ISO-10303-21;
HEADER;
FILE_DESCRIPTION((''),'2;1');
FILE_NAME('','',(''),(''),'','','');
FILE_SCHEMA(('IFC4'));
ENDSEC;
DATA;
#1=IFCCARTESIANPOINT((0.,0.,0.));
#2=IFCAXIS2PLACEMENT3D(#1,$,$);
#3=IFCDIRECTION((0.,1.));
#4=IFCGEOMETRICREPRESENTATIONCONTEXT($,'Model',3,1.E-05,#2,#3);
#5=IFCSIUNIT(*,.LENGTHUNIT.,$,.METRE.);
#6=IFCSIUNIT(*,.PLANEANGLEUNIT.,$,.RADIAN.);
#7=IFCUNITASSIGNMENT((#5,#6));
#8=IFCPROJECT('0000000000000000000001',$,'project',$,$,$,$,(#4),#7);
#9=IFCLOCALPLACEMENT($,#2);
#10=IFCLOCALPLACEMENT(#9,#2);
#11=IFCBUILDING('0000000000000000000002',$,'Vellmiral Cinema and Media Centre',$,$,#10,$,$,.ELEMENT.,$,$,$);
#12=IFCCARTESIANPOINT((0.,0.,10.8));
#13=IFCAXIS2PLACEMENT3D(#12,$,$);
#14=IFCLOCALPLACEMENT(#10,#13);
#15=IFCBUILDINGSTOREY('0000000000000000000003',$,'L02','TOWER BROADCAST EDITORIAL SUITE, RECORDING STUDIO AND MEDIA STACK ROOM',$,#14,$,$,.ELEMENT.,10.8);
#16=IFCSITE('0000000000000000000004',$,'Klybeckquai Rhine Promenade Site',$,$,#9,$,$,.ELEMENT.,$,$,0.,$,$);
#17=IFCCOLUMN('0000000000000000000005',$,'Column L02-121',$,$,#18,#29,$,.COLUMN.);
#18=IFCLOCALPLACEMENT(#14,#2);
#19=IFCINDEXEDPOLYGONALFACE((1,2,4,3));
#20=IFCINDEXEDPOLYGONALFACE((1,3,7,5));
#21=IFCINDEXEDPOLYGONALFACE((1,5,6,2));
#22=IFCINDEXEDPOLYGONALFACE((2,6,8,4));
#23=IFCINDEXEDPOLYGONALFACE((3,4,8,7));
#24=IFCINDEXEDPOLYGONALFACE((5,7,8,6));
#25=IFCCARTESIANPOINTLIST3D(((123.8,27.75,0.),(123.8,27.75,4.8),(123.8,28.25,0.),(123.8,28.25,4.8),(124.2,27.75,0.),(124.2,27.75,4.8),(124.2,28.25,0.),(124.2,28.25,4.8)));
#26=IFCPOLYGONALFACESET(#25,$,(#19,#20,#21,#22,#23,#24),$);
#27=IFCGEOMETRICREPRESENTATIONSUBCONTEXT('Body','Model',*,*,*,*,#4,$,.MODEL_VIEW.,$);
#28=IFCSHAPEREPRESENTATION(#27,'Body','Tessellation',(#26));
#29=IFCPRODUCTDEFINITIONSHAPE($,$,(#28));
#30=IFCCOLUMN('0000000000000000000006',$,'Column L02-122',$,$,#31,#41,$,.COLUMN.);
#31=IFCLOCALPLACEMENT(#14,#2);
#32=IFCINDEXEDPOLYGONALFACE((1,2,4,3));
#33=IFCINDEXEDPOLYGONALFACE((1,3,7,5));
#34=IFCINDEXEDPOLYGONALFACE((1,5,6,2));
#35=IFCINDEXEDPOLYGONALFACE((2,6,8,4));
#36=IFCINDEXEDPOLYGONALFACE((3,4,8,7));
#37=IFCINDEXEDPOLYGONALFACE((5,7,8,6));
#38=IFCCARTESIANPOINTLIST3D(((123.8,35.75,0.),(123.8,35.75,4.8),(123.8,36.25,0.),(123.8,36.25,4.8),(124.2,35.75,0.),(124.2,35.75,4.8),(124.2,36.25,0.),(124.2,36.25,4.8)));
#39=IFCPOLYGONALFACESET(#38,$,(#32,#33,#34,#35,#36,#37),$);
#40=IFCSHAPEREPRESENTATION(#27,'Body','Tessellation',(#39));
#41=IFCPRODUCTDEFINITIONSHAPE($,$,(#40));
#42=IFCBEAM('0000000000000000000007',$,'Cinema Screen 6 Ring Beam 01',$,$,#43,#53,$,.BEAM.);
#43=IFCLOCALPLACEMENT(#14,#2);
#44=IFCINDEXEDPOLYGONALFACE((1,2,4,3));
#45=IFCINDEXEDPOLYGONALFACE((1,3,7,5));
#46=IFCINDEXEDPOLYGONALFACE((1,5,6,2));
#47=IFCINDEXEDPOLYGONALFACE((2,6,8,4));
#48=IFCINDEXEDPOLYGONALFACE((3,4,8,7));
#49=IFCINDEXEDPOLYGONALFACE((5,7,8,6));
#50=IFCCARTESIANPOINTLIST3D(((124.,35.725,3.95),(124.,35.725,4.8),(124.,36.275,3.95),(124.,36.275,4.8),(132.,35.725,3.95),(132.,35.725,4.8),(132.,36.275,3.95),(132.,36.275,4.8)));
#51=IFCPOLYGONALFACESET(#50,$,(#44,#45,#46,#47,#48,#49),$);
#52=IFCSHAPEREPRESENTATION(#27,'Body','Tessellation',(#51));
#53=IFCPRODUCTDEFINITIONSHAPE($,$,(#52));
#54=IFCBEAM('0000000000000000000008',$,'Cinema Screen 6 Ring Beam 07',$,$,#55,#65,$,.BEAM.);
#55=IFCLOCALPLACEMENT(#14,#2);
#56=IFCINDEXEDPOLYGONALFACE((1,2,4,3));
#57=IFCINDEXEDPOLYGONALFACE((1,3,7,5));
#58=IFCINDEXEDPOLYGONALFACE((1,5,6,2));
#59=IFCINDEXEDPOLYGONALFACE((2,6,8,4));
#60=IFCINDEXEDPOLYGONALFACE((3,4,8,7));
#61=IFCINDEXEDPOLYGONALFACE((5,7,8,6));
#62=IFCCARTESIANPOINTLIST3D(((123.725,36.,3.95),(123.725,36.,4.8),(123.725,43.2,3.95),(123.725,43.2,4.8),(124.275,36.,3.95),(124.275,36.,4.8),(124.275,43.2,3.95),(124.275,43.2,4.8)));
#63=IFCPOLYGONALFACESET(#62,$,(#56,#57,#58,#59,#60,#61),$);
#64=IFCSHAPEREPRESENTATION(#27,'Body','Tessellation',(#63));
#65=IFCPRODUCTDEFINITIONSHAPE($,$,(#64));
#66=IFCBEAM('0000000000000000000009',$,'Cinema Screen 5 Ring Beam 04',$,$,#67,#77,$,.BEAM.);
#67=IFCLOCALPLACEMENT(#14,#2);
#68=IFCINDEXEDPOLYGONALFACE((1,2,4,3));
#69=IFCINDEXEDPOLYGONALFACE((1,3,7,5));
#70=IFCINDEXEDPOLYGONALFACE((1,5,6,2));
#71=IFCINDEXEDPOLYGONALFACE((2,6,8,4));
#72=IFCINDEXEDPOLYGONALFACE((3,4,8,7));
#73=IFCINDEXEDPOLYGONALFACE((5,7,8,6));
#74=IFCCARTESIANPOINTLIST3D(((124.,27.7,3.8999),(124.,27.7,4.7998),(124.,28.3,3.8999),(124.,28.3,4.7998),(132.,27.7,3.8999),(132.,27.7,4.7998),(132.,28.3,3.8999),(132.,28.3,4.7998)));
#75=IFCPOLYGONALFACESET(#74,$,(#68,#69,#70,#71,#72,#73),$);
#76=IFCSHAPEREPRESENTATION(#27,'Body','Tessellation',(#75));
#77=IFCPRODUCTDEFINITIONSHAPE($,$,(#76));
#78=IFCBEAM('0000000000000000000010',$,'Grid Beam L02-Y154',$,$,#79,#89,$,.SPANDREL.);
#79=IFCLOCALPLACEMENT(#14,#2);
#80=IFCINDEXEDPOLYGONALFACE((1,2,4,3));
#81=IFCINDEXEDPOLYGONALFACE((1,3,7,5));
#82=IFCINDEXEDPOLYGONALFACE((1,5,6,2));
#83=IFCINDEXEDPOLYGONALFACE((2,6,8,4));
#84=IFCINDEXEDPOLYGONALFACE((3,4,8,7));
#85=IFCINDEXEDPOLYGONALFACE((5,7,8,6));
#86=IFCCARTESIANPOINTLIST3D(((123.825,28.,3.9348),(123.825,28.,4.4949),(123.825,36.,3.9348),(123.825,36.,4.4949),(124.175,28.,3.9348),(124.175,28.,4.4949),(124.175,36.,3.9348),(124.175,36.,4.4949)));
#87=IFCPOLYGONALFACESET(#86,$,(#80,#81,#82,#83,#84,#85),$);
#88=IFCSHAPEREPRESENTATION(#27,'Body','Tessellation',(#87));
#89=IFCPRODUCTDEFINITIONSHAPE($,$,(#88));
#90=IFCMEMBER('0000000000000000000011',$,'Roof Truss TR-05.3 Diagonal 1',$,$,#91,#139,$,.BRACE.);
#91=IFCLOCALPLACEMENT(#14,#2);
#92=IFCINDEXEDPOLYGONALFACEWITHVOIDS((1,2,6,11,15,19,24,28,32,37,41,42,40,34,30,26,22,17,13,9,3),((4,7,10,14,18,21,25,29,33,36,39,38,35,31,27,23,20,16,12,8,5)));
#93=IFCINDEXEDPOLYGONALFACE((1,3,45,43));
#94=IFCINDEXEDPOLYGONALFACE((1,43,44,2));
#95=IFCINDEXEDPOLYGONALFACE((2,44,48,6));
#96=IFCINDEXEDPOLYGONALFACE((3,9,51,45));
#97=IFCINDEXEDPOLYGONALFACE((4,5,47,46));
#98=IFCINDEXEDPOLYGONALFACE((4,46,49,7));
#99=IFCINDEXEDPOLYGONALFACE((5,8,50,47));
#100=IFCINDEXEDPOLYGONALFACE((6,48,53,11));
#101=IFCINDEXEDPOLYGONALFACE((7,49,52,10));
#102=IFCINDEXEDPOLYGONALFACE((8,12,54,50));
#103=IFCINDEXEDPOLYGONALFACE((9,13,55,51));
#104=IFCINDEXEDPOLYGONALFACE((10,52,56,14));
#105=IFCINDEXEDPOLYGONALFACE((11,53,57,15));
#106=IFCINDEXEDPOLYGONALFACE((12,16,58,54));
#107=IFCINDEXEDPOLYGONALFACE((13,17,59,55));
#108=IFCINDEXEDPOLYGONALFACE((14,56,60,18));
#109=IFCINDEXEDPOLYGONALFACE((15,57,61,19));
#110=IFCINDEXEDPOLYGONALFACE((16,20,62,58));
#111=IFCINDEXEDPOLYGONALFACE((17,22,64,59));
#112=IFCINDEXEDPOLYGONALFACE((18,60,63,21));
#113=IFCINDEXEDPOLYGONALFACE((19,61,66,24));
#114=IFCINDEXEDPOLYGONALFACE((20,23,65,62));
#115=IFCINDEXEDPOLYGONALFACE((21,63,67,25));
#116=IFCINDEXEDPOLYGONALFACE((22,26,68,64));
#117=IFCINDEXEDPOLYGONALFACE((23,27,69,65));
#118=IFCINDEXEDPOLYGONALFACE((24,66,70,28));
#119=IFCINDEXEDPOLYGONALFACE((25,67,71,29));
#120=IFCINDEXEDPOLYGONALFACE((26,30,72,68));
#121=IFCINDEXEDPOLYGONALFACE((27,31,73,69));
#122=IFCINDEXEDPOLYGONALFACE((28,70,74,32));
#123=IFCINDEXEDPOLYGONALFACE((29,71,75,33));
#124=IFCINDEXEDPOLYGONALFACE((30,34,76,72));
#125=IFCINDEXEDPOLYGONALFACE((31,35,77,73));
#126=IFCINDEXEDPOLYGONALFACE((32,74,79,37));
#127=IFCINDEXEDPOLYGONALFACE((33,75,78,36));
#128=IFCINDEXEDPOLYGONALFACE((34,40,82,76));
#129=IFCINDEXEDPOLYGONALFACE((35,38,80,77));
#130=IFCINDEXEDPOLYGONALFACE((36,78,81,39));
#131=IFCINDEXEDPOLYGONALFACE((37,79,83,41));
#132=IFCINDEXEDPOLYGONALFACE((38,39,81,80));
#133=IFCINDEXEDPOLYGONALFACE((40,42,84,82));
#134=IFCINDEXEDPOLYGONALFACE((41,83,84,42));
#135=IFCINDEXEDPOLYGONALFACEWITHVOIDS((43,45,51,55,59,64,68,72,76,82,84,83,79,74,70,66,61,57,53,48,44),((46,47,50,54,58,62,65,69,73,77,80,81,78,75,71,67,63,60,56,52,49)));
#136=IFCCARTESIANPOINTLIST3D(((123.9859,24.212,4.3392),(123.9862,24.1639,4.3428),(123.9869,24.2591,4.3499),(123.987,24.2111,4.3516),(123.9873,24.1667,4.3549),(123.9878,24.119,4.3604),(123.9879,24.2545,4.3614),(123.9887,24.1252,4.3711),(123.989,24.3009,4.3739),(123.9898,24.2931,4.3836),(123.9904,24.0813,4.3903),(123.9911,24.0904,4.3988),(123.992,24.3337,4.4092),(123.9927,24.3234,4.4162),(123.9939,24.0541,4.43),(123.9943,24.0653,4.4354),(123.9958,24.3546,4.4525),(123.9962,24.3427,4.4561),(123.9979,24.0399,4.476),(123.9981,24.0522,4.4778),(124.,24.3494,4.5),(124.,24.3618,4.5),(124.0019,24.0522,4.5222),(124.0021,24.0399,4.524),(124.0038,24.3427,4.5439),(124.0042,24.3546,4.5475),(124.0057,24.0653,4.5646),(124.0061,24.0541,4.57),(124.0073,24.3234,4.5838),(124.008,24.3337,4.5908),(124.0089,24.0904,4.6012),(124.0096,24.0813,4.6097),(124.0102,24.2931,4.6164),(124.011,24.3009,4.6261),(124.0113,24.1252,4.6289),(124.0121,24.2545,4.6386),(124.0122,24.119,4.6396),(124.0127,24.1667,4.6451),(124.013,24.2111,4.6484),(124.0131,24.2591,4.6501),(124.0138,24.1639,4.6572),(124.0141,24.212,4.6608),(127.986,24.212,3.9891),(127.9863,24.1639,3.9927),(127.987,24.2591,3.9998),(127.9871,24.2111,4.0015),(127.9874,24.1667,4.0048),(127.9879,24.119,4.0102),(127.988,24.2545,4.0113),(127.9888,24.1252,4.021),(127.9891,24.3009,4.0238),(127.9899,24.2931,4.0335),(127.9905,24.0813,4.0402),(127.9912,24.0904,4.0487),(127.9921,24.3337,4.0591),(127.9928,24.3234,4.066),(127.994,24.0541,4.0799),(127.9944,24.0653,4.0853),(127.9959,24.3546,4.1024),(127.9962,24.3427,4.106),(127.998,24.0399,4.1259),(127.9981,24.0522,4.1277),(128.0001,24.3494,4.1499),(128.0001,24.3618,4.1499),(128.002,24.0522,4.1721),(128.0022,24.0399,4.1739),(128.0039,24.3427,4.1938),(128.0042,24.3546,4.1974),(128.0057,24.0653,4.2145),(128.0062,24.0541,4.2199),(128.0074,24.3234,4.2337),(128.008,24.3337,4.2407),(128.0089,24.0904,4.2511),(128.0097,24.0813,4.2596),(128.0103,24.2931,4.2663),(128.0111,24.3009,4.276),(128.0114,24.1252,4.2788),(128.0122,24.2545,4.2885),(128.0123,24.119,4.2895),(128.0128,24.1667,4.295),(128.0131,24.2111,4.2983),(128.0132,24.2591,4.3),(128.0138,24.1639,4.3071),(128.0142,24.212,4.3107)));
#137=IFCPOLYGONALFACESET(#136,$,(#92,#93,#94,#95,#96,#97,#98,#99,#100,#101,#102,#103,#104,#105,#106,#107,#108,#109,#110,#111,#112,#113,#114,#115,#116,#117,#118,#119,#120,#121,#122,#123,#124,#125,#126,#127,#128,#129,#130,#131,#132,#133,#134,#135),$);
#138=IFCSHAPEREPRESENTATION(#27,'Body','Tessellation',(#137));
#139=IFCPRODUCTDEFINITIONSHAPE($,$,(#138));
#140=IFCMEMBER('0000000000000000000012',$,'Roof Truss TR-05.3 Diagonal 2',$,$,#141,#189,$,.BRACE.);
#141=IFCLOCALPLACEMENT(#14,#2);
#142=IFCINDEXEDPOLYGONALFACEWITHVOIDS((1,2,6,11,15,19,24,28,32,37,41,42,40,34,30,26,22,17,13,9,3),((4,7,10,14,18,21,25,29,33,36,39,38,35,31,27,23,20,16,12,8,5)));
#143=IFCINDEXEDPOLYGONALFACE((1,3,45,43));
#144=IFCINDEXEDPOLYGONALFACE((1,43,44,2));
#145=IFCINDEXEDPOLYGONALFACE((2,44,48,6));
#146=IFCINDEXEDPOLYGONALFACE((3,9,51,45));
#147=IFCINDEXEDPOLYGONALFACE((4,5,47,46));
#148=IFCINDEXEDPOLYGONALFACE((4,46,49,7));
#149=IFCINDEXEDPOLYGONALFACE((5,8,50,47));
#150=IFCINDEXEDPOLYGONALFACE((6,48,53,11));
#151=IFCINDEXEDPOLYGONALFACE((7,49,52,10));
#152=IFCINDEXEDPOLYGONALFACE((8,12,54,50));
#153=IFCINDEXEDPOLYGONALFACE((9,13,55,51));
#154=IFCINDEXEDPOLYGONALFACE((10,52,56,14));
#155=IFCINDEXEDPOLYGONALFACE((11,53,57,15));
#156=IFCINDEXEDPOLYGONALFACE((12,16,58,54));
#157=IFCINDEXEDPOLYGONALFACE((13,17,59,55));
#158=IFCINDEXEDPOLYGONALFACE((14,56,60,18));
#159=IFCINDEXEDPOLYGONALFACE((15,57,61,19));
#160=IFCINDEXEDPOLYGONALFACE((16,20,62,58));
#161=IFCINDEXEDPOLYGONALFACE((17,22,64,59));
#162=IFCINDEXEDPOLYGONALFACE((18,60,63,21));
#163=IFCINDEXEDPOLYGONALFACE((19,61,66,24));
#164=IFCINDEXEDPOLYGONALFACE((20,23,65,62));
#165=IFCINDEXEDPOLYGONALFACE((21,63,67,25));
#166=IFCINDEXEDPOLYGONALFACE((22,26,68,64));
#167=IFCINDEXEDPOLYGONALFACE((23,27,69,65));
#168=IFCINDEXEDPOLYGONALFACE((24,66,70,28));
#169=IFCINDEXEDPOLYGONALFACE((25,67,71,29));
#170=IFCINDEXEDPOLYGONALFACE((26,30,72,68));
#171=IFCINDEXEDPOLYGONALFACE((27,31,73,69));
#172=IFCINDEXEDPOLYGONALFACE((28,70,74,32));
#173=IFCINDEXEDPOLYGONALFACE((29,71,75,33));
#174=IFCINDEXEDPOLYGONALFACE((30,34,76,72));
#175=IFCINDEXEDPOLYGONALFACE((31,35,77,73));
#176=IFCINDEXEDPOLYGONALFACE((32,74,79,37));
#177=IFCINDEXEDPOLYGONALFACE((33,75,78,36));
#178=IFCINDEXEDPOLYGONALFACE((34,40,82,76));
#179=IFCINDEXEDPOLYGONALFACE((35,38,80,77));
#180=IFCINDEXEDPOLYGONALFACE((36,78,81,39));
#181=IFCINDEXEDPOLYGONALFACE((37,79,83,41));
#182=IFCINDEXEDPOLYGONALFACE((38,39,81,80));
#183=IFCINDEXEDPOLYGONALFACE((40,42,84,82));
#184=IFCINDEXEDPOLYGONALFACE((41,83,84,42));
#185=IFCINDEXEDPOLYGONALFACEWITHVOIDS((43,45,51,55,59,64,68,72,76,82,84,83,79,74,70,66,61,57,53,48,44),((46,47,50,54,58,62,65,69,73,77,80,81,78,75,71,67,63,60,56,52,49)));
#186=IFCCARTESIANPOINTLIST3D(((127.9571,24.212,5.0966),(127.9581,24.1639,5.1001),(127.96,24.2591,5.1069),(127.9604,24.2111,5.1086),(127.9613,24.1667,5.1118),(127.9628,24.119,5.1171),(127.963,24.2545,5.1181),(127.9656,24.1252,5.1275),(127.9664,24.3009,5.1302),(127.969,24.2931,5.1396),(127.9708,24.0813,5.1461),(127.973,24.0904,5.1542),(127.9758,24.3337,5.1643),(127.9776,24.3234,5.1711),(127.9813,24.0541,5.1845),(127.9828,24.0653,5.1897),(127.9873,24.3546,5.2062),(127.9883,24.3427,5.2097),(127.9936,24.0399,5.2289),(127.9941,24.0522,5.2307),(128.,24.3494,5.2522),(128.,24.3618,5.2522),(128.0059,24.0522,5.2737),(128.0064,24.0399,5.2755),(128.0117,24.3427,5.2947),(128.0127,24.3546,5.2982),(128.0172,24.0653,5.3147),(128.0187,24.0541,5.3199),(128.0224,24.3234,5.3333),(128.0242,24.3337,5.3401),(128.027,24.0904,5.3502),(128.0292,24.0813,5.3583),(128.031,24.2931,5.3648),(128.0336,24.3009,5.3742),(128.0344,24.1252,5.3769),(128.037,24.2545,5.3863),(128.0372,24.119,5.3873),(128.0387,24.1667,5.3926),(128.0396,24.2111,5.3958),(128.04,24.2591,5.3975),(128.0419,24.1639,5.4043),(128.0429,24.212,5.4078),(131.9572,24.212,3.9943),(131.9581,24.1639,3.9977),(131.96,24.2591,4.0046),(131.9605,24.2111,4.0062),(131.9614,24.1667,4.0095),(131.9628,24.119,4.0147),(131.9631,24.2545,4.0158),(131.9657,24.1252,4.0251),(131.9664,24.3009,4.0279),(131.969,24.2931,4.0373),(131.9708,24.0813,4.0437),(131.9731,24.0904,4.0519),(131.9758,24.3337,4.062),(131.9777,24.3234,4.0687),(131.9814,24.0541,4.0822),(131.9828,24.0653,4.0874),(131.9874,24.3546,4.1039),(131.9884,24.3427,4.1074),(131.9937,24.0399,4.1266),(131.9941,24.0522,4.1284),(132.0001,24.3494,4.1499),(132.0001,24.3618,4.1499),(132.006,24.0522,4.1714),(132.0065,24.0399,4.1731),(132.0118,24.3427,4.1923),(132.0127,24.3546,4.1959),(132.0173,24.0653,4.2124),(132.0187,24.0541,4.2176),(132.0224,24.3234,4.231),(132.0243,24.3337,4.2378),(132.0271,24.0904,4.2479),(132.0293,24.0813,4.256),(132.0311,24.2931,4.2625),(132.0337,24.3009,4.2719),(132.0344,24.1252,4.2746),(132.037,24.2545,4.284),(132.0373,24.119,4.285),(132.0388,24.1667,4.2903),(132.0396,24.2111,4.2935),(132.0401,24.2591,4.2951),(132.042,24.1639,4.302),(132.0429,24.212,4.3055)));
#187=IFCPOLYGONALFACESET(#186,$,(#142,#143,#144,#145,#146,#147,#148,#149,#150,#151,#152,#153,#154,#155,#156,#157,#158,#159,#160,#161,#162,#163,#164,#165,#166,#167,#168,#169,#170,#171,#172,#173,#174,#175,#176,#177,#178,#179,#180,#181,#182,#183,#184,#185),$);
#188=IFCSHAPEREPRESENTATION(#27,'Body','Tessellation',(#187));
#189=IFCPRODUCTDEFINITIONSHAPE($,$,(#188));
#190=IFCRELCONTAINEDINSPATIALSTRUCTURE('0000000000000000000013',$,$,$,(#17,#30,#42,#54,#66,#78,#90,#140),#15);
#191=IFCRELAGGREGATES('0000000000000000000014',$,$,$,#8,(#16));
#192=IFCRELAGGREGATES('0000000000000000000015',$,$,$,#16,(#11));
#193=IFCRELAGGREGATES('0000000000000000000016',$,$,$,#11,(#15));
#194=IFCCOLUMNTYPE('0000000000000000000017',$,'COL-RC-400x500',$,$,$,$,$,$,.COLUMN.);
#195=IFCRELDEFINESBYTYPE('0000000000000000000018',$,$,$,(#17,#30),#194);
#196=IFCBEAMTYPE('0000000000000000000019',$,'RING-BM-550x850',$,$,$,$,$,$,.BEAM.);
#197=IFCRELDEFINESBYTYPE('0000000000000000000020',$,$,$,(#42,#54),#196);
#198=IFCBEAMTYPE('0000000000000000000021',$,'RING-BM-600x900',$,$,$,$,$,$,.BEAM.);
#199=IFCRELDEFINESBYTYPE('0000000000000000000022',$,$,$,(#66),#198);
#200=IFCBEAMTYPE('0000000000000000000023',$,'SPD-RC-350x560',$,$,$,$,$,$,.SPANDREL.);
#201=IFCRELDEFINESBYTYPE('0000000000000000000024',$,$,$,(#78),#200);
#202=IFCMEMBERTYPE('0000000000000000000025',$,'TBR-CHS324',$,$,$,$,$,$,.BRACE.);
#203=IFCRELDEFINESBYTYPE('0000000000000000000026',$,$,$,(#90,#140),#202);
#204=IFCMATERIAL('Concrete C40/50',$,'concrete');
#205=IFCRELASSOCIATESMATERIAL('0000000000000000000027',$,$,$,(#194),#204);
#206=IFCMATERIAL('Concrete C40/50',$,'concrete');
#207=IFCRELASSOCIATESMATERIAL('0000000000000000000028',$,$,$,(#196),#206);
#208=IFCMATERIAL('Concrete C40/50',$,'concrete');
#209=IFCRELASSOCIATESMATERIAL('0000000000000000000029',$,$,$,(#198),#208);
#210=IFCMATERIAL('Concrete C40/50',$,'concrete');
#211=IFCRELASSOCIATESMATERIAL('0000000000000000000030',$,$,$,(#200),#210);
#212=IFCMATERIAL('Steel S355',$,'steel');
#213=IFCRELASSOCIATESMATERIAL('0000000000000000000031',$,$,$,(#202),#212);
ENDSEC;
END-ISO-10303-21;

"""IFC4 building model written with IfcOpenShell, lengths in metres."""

from ifc_helpers import new_model, si_unit, direction, frame, origin, origin_2d, place, context, subcontext, project, spatial, rectangle, hollow_circle, extrude, material, material_profile, profile_set, type_object, element, save


model = new_model("IFC4")

# Units and contexts
model_context = context("Model", 3, precision=1e-05, world=origin(), true_north=direction((0.0, 1.0)))
body_context = subcontext(model_context, "Body", "Model", "MODEL_VIEW")
ifc_project = project(units=[si_unit("LENGTHUNIT", "METRE"), si_unit("PLANEANGLEUNIT", "RADIAN")], contexts=[model_context])

# Site, building, storey
site_placement = place(None, origin())
site = spatial("IfcSite", under=ifc_project, at=site_placement, Name="Klybeckquai Rhine Promenade Site", CompositionType="ELEMENT", RefElevation=0.0)
building_placement = place(site_placement, origin())
building = spatial("IfcBuilding", under=site, at=building_placement, Name="Vellmiral Cinema and Media Centre", CompositionType="ELEMENT")
storey_placement = place(building_placement, frame((0.0, 0.0, 10.8)))
storey = spatial("IfcBuildingStorey", under=building, at=storey_placement, Name="L02", Description="TOWER BROADCAST EDITORIAL SUITE, RECORDING STUDIO AND MEDIA STACK ROOM", CompositionType="ELEMENT", Elevation=10.8)

# Columns
ifc_material_1 = material(Name="Concrete C40/50", Category="concrete")
ifc_material_profile_1 = material_profile(ifc_material_1, rectangle(XDim=0.3999, YDim=0.5, at=origin_2d()), Name="RC 400x500")
ifc_profile_set_1 = profile_set([ifc_material_profile_1], Name="Concrete C40/50")
column_type = type_object("IfcColumnType", Name="COL-RC-400x500", PredefinedType="COLUMN", material=ifc_profile_set_1)
for number, where, z_axis, x_axis, name in (
    (1, (124.0, 28.0, 0.0), (0.0, 0.0, 1.0), (1.0, 0.0, 0.0), "Column L02-121"),
    (2, (124.0, 36.0, 0.0), (0.0, 0.0, 1.0), (1.0, 0.0, 0.0), "Column L02-122"),
):
    element("IfcColumn", number, at=place(storey_placement, frame(where, z_axis=z_axis, x_axis=x_axis)), inside=storey, type_object=column_type, Name=name, PredefinedType="COLUMN", context=body_context, shape_type="SweptSolid", body=[
        extrude(rectangle(XDim=0.3999, YDim=0.5, at=origin_2d()), origin(), (0.0, 0.0, 1.0), 4.8),
    ])

# Beams
ifc_material_2 = material(Name="Concrete C40/50", Category="concrete")
ifc_material_profile_2 = material_profile(ifc_material_2, rectangle(XDim=0.55, YDim=0.8501, at=origin_2d()), Name="RC 550x850")
ifc_profile_set_2 = profile_set([ifc_material_profile_2], Name="Concrete C40/50")
beam_type_1 = type_object("IfcBeamType", Name="RING-BM-550x850", PredefinedType="BEAM", material=ifc_profile_set_2)
beam_1_placement = place(storey_placement, frame((124.0, 36.0, 4.375), z_axis=(1.0, 0.0, 0.0), x_axis=(0.0, 1.0, 0.0)))
element("IfcBeam", 3, at=beam_1_placement, inside=storey, type_object=beam_type_1, Name="Cinema Screen 6 Ring Beam 01", PredefinedType="BEAM", context=body_context, shape_type="SweptSolid", body=[
    extrude(rectangle(XDim=0.55, YDim=0.8501, at=origin_2d()), origin(), (0.0, 0.0, 1.0), 8.0),
])
beam_2_placement = place(storey_placement, frame((124.0, 36.0, 4.375), z_axis=(0.0, 1.0, 0.0), x_axis=(-1.0, 0.0, 0.0)))
element("IfcBeam", 4, at=beam_2_placement, inside=storey, type_object=beam_type_1, Name="Cinema Screen 6 Ring Beam 07", PredefinedType="BEAM", context=body_context, shape_type="SweptSolid", body=[
    extrude(rectangle(XDim=0.55, YDim=0.8501, at=origin_2d()), origin(), (0.0, 0.0, 1.0), 7.2),
])
ifc_material_3 = material(Name="Concrete C40/50", Category="concrete")
ifc_material_profile_3 = material_profile(ifc_material_3, rectangle(XDim=0.6001, YDim=0.8999, at=origin_2d()), Name="RC 600x900")
ifc_profile_set_3 = profile_set([ifc_material_profile_3], Name="Concrete C40/50")
beam_type_2 = type_object("IfcBeamType", Name="RING-BM-600x900", PredefinedType="BEAM", material=ifc_profile_set_3)
beam_3_placement = place(storey_placement, frame((124.0, 28.0, 4.3499), z_axis=(1.0, 0.0, 0.0), x_axis=(0.0, 1.0, 0.0)))
element("IfcBeam", 5, at=beam_3_placement, inside=storey, type_object=beam_type_2, Name="Cinema Screen 5 Ring Beam 04", PredefinedType="BEAM", context=body_context, shape_type="SweptSolid", body=[
    extrude(rectangle(XDim=0.6001, YDim=0.8999, at=origin_2d()), origin(), (0.0, 0.0, 1.0), 8.0),
])
ifc_material_4 = material(Name="Concrete C40/50", Category="concrete")
ifc_material_profile_4 = material_profile(ifc_material_4, rectangle(XDim=0.3501, YDim=0.5601, at=origin_2d()), Name="RC 350x560")
ifc_profile_set_4 = profile_set([ifc_material_profile_4], Name="Concrete C40/50")
beam_type_3 = type_object("IfcBeamType", Name="SPD-RC-350x560", PredefinedType="SPANDREL", material=ifc_profile_set_4)
beam_4_placement = place(storey_placement, frame((124.0, 28.0, 4.2148), z_axis=(0.0, 1.0, 0.0), x_axis=(-1.0, 0.0, 0.0)))
element("IfcBeam", 6, at=beam_4_placement, inside=storey, type_object=beam_type_3, Name="Grid Beam L02-Y154", PredefinedType="SPANDREL", context=body_context, shape_type="SweptSolid", body=[
    extrude(rectangle(XDim=0.3501, YDim=0.5601, at=origin_2d()), origin(), (0.0, 0.0, 1.0), 8.0),
])

# Members
ifc_material_5 = material(Name="Steel S355", Category="steel")
ifc_material_profile_5 = material_profile(ifc_material_5, hollow_circle(Radius=0.1619, WallThickness=0.0125, at=origin_2d()), Name="CHS 323.9x12.5")
ifc_profile_set_5 = profile_set([ifc_material_profile_5], Name="Steel S355")
member_type_1 = type_object("IfcMemberType", Name="TBR-CHS324", PredefinedType="BRACE", material=ifc_profile_set_5)
member_1_placement = place(storey_placement, frame((124.0, 24.2, 4.5), z_axis=(0.996192, 0.0, -0.087191), x_axis=(0.0, 1.0, 0.0)))
element("IfcMember", 7, at=member_1_placement, inside=storey, type_object=member_type_1, Name="Roof Truss TR-05.3 Diagonal 1", PredefinedType="BRACE", context=body_context, shape_type="SweptSolid", body=[
    extrude(hollow_circle(Radius=0.1619, WallThickness=0.0125, at=origin_2d()), origin(), (0.0, 0.0, 1.0), 4.0154),
])
member_2_placement = place(storey_placement, frame((128.0, 24.2, 5.2522), z_axis=(0.964064, 0.0, -0.265671), x_axis=(0.0, 1.0, 0.0)))
element("IfcMember", 8, at=member_2_placement, inside=storey, type_object=member_type_1, Name="Roof Truss TR-05.3 Diagonal 2", PredefinedType="BRACE", context=body_context, shape_type="SweptSolid", body=[
    extrude(hollow_circle(Radius=0.1619, WallThickness=0.0125, at=origin_2d()), origin(), (0.0, 0.0, 1.0), 4.1492),
])

save(model, "model.ifc")
